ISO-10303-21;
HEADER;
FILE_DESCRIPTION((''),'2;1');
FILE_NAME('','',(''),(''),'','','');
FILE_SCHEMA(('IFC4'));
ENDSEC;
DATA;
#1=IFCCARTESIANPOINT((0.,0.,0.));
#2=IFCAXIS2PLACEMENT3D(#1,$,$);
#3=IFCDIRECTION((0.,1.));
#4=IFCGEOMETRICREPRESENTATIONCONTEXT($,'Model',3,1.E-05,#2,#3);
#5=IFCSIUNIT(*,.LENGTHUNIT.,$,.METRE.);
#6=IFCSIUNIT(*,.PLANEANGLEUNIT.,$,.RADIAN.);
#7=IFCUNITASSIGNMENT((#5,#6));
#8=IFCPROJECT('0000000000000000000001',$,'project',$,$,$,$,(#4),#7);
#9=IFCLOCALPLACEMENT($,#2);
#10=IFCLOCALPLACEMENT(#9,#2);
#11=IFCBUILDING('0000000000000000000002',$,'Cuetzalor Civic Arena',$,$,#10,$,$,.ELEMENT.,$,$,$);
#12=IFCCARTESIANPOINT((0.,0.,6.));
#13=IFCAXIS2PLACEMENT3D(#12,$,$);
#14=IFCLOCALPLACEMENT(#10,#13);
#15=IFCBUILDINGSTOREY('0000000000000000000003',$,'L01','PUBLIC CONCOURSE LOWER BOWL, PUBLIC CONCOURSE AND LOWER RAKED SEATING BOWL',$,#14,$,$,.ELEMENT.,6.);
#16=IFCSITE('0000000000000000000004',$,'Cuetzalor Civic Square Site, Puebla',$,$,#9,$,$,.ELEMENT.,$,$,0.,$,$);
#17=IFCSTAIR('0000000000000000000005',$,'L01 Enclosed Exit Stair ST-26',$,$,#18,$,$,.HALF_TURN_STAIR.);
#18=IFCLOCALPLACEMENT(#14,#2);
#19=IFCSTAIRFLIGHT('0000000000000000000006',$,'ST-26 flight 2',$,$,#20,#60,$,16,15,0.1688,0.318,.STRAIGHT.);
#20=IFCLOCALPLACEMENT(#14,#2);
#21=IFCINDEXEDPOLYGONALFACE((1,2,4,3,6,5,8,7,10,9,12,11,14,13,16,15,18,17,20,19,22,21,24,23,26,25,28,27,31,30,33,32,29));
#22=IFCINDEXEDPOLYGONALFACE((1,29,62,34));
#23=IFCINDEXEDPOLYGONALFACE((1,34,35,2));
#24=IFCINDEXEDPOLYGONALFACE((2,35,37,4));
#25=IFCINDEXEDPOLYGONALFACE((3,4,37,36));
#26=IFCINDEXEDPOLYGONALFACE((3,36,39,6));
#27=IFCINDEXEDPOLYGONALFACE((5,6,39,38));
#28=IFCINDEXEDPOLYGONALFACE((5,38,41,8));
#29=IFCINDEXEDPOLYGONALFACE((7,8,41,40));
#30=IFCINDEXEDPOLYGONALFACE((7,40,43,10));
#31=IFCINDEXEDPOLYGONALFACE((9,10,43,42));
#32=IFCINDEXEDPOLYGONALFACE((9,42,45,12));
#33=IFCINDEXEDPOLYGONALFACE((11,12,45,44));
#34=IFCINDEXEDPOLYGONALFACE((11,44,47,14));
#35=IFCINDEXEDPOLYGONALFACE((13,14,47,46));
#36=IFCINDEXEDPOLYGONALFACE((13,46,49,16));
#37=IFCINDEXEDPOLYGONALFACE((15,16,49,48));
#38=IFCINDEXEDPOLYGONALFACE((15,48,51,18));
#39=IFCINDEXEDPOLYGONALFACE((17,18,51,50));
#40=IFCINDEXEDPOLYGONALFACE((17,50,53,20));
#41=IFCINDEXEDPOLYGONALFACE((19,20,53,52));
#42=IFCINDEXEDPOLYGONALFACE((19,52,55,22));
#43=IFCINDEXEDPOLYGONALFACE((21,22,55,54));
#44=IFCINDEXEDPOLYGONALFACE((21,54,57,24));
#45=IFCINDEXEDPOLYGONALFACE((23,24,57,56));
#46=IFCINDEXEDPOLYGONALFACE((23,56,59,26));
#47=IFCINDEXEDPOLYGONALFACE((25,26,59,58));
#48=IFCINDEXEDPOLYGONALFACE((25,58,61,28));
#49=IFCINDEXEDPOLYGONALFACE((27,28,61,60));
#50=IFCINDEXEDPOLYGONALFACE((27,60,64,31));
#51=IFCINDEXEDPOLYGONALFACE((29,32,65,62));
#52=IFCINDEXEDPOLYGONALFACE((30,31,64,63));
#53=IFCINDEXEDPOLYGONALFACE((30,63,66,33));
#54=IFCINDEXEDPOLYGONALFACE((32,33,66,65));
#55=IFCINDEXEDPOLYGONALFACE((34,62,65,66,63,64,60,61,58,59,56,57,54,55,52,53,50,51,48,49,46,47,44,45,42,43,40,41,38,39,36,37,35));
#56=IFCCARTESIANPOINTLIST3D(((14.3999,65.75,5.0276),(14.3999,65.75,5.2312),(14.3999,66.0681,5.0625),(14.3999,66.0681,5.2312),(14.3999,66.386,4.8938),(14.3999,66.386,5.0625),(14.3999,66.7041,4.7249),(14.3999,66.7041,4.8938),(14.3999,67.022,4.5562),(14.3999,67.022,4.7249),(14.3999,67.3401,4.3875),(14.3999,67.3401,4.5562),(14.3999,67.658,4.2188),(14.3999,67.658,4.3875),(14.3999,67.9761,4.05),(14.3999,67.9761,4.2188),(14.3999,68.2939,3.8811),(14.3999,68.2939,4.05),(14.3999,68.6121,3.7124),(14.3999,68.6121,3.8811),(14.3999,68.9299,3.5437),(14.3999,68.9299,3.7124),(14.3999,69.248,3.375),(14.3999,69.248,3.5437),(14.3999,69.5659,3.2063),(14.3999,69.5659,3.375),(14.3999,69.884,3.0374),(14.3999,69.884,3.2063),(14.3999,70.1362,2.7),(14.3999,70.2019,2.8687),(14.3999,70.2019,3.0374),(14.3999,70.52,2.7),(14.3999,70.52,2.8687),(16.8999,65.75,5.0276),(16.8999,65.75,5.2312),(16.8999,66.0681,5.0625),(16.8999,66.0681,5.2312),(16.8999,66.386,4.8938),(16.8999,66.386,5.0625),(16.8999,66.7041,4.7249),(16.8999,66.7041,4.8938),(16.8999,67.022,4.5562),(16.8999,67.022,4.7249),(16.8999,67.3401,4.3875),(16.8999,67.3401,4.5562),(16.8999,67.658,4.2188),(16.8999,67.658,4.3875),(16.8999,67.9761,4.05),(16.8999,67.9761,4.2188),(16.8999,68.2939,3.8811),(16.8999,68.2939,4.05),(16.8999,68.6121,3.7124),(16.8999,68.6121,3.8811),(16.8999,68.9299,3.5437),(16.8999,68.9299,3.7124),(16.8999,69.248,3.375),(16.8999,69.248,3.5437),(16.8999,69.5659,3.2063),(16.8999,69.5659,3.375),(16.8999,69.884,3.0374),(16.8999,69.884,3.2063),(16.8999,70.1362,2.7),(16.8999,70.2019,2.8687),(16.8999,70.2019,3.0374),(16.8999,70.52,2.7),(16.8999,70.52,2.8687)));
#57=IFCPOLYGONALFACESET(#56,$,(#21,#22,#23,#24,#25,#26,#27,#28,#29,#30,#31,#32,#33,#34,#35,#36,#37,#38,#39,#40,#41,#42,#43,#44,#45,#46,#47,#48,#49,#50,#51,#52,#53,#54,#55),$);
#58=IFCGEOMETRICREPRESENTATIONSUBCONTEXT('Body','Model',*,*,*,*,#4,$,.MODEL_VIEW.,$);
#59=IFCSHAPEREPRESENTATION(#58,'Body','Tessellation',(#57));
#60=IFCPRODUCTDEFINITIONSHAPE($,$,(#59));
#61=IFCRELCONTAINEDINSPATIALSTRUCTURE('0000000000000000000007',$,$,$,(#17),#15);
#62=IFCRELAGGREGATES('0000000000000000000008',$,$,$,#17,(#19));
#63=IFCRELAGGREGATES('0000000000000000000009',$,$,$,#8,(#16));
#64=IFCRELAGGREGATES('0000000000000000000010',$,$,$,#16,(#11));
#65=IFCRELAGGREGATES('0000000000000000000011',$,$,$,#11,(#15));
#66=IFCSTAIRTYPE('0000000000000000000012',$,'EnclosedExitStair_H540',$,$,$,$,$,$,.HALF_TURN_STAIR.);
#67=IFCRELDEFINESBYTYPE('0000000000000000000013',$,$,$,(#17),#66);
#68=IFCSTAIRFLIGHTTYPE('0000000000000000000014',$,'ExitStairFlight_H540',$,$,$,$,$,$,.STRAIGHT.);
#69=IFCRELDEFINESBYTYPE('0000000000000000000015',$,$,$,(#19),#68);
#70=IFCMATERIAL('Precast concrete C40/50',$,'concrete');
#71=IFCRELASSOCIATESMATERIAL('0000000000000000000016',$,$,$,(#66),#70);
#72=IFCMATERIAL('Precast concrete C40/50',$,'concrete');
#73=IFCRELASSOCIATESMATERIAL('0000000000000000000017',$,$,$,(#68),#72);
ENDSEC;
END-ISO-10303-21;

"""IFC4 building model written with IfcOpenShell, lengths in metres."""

from ifc_helpers import new_model, si_unit, direction, frame, origin, place, context, subcontext, project, spatial, polyline, outline, extrude, material, type_object, element, aggregate, save


model = new_model("IFC4")

# Units and contexts
model_context = context("Model", 3, precision=1e-05, world=origin(), true_north=direction((0.0, 1.0)))
body_context = subcontext(model_context, "Body", "Model", "MODEL_VIEW")
ifc_project = project(units=[si_unit("LENGTHUNIT", "METRE"), si_unit("PLANEANGLEUNIT", "RADIAN")], contexts=[model_context])

# Site, building, storey
site_placement = place(None, origin())
site = spatial("IfcSite", under=ifc_project, at=site_placement, Name="Cuetzalor Civic Square Site, Puebla", CompositionType="ELEMENT", RefElevation=0.0)
building_placement = place(site_placement, origin())
building = spatial("IfcBuilding", under=site, at=building_placement, Name="Cuetzalor Civic Arena", CompositionType="ELEMENT")
storey_placement = place(building_placement, frame((0.0, 0.0, 6.0)))
storey = spatial("IfcBuildingStorey", under=building, at=storey_placement, Name="L01", Description="PUBLIC CONCOURSE LOWER BOWL, PUBLIC CONCOURSE AND LOWER RAKED SEATING BOWL", CompositionType="ELEMENT", Elevation=6.0)

# Stair, stair flight
ifc_material_1 = material(Name="Precast concrete C40/50", Category="concrete")
stair_type = type_object("IfcStairType", Name="EnclosedExitStair_H540", PredefinedType="HALF_TURN_STAIR", material=ifc_material_1)
stair_placement = place(storey_placement, origin())
stair = element("IfcStair", 1, at=stair_placement, inside=storey, type_object=stair_type, Name="L01 Enclosed Exit Stair ST-26", PredefinedType="HALF_TURN_STAIR")
ifc_material_2 = material(Name="Precast concrete C40/50", Category="concrete")
stair_flight_type = type_object("IfcStairFlightType", Name="ExitStairFlight_H540", PredefinedType="STRAIGHT", material=ifc_material_2)
stair_flight_1_placement = place(storey_placement, frame((15.6499, 70.52, 2.7), z_axis=(0.0, 0.0, 1.0), x_axis=(0.0, -1.0, 0.0)))
stair_flight_1 = element("IfcStairFlight", 2, at=stair_flight_1_placement, type_object=stair_flight_type, Name="ST-26 flight 2", NumberOfRisers=16, NumberOfTreads=15, PredefinedType="STRAIGHT", RiserHeight=0.1688, TreadLength=0.318, context=body_context, shape_type="SweptSolid", body=[
    extrude(outline(polyline([(0.0, 0.0), (0.0, 0.1687), (0.3181, 0.1687), (0.3181, 0.3374), (0.636, 0.3374), (0.636, 0.5063), (0.9541, 0.5063), (0.9541, 0.675), (1.272, 0.675), (1.272, 0.8438), (1.5901, 0.8438), (1.5901, 1.0125), (1.908, 1.0125), (1.908, 1.1812), (2.2261, 1.1812), (2.2261, 1.3501), (2.5439, 1.3501), (2.5439, 1.5188), (2.8621, 1.5188), (2.8621, 1.6875), (3.1799, 1.6875), (3.1799, 1.8562), (3.498, 1.8562), (3.498, 2.0249), (3.8159, 2.0249), (3.8159, 2.1938), (4.134, 2.1938), (4.134, 2.3625), (4.4519, 2.3625), (4.4519, 2.5312), (4.77, 2.5312), (4.77, 2.7), (4.77, 2.3276), (0.3838, 0.0), (0.0, 0.0)])), frame((0.0, 1.25, 0.0), z_axis=(0.0, -1.0, 0.0), x_axis=(1.0, 0.0, 0.0)), (0.0, 0.0, 1.0), 2.5),
])
aggregate(stair, [stair_flight_1])

save(model, "model.ifc")
